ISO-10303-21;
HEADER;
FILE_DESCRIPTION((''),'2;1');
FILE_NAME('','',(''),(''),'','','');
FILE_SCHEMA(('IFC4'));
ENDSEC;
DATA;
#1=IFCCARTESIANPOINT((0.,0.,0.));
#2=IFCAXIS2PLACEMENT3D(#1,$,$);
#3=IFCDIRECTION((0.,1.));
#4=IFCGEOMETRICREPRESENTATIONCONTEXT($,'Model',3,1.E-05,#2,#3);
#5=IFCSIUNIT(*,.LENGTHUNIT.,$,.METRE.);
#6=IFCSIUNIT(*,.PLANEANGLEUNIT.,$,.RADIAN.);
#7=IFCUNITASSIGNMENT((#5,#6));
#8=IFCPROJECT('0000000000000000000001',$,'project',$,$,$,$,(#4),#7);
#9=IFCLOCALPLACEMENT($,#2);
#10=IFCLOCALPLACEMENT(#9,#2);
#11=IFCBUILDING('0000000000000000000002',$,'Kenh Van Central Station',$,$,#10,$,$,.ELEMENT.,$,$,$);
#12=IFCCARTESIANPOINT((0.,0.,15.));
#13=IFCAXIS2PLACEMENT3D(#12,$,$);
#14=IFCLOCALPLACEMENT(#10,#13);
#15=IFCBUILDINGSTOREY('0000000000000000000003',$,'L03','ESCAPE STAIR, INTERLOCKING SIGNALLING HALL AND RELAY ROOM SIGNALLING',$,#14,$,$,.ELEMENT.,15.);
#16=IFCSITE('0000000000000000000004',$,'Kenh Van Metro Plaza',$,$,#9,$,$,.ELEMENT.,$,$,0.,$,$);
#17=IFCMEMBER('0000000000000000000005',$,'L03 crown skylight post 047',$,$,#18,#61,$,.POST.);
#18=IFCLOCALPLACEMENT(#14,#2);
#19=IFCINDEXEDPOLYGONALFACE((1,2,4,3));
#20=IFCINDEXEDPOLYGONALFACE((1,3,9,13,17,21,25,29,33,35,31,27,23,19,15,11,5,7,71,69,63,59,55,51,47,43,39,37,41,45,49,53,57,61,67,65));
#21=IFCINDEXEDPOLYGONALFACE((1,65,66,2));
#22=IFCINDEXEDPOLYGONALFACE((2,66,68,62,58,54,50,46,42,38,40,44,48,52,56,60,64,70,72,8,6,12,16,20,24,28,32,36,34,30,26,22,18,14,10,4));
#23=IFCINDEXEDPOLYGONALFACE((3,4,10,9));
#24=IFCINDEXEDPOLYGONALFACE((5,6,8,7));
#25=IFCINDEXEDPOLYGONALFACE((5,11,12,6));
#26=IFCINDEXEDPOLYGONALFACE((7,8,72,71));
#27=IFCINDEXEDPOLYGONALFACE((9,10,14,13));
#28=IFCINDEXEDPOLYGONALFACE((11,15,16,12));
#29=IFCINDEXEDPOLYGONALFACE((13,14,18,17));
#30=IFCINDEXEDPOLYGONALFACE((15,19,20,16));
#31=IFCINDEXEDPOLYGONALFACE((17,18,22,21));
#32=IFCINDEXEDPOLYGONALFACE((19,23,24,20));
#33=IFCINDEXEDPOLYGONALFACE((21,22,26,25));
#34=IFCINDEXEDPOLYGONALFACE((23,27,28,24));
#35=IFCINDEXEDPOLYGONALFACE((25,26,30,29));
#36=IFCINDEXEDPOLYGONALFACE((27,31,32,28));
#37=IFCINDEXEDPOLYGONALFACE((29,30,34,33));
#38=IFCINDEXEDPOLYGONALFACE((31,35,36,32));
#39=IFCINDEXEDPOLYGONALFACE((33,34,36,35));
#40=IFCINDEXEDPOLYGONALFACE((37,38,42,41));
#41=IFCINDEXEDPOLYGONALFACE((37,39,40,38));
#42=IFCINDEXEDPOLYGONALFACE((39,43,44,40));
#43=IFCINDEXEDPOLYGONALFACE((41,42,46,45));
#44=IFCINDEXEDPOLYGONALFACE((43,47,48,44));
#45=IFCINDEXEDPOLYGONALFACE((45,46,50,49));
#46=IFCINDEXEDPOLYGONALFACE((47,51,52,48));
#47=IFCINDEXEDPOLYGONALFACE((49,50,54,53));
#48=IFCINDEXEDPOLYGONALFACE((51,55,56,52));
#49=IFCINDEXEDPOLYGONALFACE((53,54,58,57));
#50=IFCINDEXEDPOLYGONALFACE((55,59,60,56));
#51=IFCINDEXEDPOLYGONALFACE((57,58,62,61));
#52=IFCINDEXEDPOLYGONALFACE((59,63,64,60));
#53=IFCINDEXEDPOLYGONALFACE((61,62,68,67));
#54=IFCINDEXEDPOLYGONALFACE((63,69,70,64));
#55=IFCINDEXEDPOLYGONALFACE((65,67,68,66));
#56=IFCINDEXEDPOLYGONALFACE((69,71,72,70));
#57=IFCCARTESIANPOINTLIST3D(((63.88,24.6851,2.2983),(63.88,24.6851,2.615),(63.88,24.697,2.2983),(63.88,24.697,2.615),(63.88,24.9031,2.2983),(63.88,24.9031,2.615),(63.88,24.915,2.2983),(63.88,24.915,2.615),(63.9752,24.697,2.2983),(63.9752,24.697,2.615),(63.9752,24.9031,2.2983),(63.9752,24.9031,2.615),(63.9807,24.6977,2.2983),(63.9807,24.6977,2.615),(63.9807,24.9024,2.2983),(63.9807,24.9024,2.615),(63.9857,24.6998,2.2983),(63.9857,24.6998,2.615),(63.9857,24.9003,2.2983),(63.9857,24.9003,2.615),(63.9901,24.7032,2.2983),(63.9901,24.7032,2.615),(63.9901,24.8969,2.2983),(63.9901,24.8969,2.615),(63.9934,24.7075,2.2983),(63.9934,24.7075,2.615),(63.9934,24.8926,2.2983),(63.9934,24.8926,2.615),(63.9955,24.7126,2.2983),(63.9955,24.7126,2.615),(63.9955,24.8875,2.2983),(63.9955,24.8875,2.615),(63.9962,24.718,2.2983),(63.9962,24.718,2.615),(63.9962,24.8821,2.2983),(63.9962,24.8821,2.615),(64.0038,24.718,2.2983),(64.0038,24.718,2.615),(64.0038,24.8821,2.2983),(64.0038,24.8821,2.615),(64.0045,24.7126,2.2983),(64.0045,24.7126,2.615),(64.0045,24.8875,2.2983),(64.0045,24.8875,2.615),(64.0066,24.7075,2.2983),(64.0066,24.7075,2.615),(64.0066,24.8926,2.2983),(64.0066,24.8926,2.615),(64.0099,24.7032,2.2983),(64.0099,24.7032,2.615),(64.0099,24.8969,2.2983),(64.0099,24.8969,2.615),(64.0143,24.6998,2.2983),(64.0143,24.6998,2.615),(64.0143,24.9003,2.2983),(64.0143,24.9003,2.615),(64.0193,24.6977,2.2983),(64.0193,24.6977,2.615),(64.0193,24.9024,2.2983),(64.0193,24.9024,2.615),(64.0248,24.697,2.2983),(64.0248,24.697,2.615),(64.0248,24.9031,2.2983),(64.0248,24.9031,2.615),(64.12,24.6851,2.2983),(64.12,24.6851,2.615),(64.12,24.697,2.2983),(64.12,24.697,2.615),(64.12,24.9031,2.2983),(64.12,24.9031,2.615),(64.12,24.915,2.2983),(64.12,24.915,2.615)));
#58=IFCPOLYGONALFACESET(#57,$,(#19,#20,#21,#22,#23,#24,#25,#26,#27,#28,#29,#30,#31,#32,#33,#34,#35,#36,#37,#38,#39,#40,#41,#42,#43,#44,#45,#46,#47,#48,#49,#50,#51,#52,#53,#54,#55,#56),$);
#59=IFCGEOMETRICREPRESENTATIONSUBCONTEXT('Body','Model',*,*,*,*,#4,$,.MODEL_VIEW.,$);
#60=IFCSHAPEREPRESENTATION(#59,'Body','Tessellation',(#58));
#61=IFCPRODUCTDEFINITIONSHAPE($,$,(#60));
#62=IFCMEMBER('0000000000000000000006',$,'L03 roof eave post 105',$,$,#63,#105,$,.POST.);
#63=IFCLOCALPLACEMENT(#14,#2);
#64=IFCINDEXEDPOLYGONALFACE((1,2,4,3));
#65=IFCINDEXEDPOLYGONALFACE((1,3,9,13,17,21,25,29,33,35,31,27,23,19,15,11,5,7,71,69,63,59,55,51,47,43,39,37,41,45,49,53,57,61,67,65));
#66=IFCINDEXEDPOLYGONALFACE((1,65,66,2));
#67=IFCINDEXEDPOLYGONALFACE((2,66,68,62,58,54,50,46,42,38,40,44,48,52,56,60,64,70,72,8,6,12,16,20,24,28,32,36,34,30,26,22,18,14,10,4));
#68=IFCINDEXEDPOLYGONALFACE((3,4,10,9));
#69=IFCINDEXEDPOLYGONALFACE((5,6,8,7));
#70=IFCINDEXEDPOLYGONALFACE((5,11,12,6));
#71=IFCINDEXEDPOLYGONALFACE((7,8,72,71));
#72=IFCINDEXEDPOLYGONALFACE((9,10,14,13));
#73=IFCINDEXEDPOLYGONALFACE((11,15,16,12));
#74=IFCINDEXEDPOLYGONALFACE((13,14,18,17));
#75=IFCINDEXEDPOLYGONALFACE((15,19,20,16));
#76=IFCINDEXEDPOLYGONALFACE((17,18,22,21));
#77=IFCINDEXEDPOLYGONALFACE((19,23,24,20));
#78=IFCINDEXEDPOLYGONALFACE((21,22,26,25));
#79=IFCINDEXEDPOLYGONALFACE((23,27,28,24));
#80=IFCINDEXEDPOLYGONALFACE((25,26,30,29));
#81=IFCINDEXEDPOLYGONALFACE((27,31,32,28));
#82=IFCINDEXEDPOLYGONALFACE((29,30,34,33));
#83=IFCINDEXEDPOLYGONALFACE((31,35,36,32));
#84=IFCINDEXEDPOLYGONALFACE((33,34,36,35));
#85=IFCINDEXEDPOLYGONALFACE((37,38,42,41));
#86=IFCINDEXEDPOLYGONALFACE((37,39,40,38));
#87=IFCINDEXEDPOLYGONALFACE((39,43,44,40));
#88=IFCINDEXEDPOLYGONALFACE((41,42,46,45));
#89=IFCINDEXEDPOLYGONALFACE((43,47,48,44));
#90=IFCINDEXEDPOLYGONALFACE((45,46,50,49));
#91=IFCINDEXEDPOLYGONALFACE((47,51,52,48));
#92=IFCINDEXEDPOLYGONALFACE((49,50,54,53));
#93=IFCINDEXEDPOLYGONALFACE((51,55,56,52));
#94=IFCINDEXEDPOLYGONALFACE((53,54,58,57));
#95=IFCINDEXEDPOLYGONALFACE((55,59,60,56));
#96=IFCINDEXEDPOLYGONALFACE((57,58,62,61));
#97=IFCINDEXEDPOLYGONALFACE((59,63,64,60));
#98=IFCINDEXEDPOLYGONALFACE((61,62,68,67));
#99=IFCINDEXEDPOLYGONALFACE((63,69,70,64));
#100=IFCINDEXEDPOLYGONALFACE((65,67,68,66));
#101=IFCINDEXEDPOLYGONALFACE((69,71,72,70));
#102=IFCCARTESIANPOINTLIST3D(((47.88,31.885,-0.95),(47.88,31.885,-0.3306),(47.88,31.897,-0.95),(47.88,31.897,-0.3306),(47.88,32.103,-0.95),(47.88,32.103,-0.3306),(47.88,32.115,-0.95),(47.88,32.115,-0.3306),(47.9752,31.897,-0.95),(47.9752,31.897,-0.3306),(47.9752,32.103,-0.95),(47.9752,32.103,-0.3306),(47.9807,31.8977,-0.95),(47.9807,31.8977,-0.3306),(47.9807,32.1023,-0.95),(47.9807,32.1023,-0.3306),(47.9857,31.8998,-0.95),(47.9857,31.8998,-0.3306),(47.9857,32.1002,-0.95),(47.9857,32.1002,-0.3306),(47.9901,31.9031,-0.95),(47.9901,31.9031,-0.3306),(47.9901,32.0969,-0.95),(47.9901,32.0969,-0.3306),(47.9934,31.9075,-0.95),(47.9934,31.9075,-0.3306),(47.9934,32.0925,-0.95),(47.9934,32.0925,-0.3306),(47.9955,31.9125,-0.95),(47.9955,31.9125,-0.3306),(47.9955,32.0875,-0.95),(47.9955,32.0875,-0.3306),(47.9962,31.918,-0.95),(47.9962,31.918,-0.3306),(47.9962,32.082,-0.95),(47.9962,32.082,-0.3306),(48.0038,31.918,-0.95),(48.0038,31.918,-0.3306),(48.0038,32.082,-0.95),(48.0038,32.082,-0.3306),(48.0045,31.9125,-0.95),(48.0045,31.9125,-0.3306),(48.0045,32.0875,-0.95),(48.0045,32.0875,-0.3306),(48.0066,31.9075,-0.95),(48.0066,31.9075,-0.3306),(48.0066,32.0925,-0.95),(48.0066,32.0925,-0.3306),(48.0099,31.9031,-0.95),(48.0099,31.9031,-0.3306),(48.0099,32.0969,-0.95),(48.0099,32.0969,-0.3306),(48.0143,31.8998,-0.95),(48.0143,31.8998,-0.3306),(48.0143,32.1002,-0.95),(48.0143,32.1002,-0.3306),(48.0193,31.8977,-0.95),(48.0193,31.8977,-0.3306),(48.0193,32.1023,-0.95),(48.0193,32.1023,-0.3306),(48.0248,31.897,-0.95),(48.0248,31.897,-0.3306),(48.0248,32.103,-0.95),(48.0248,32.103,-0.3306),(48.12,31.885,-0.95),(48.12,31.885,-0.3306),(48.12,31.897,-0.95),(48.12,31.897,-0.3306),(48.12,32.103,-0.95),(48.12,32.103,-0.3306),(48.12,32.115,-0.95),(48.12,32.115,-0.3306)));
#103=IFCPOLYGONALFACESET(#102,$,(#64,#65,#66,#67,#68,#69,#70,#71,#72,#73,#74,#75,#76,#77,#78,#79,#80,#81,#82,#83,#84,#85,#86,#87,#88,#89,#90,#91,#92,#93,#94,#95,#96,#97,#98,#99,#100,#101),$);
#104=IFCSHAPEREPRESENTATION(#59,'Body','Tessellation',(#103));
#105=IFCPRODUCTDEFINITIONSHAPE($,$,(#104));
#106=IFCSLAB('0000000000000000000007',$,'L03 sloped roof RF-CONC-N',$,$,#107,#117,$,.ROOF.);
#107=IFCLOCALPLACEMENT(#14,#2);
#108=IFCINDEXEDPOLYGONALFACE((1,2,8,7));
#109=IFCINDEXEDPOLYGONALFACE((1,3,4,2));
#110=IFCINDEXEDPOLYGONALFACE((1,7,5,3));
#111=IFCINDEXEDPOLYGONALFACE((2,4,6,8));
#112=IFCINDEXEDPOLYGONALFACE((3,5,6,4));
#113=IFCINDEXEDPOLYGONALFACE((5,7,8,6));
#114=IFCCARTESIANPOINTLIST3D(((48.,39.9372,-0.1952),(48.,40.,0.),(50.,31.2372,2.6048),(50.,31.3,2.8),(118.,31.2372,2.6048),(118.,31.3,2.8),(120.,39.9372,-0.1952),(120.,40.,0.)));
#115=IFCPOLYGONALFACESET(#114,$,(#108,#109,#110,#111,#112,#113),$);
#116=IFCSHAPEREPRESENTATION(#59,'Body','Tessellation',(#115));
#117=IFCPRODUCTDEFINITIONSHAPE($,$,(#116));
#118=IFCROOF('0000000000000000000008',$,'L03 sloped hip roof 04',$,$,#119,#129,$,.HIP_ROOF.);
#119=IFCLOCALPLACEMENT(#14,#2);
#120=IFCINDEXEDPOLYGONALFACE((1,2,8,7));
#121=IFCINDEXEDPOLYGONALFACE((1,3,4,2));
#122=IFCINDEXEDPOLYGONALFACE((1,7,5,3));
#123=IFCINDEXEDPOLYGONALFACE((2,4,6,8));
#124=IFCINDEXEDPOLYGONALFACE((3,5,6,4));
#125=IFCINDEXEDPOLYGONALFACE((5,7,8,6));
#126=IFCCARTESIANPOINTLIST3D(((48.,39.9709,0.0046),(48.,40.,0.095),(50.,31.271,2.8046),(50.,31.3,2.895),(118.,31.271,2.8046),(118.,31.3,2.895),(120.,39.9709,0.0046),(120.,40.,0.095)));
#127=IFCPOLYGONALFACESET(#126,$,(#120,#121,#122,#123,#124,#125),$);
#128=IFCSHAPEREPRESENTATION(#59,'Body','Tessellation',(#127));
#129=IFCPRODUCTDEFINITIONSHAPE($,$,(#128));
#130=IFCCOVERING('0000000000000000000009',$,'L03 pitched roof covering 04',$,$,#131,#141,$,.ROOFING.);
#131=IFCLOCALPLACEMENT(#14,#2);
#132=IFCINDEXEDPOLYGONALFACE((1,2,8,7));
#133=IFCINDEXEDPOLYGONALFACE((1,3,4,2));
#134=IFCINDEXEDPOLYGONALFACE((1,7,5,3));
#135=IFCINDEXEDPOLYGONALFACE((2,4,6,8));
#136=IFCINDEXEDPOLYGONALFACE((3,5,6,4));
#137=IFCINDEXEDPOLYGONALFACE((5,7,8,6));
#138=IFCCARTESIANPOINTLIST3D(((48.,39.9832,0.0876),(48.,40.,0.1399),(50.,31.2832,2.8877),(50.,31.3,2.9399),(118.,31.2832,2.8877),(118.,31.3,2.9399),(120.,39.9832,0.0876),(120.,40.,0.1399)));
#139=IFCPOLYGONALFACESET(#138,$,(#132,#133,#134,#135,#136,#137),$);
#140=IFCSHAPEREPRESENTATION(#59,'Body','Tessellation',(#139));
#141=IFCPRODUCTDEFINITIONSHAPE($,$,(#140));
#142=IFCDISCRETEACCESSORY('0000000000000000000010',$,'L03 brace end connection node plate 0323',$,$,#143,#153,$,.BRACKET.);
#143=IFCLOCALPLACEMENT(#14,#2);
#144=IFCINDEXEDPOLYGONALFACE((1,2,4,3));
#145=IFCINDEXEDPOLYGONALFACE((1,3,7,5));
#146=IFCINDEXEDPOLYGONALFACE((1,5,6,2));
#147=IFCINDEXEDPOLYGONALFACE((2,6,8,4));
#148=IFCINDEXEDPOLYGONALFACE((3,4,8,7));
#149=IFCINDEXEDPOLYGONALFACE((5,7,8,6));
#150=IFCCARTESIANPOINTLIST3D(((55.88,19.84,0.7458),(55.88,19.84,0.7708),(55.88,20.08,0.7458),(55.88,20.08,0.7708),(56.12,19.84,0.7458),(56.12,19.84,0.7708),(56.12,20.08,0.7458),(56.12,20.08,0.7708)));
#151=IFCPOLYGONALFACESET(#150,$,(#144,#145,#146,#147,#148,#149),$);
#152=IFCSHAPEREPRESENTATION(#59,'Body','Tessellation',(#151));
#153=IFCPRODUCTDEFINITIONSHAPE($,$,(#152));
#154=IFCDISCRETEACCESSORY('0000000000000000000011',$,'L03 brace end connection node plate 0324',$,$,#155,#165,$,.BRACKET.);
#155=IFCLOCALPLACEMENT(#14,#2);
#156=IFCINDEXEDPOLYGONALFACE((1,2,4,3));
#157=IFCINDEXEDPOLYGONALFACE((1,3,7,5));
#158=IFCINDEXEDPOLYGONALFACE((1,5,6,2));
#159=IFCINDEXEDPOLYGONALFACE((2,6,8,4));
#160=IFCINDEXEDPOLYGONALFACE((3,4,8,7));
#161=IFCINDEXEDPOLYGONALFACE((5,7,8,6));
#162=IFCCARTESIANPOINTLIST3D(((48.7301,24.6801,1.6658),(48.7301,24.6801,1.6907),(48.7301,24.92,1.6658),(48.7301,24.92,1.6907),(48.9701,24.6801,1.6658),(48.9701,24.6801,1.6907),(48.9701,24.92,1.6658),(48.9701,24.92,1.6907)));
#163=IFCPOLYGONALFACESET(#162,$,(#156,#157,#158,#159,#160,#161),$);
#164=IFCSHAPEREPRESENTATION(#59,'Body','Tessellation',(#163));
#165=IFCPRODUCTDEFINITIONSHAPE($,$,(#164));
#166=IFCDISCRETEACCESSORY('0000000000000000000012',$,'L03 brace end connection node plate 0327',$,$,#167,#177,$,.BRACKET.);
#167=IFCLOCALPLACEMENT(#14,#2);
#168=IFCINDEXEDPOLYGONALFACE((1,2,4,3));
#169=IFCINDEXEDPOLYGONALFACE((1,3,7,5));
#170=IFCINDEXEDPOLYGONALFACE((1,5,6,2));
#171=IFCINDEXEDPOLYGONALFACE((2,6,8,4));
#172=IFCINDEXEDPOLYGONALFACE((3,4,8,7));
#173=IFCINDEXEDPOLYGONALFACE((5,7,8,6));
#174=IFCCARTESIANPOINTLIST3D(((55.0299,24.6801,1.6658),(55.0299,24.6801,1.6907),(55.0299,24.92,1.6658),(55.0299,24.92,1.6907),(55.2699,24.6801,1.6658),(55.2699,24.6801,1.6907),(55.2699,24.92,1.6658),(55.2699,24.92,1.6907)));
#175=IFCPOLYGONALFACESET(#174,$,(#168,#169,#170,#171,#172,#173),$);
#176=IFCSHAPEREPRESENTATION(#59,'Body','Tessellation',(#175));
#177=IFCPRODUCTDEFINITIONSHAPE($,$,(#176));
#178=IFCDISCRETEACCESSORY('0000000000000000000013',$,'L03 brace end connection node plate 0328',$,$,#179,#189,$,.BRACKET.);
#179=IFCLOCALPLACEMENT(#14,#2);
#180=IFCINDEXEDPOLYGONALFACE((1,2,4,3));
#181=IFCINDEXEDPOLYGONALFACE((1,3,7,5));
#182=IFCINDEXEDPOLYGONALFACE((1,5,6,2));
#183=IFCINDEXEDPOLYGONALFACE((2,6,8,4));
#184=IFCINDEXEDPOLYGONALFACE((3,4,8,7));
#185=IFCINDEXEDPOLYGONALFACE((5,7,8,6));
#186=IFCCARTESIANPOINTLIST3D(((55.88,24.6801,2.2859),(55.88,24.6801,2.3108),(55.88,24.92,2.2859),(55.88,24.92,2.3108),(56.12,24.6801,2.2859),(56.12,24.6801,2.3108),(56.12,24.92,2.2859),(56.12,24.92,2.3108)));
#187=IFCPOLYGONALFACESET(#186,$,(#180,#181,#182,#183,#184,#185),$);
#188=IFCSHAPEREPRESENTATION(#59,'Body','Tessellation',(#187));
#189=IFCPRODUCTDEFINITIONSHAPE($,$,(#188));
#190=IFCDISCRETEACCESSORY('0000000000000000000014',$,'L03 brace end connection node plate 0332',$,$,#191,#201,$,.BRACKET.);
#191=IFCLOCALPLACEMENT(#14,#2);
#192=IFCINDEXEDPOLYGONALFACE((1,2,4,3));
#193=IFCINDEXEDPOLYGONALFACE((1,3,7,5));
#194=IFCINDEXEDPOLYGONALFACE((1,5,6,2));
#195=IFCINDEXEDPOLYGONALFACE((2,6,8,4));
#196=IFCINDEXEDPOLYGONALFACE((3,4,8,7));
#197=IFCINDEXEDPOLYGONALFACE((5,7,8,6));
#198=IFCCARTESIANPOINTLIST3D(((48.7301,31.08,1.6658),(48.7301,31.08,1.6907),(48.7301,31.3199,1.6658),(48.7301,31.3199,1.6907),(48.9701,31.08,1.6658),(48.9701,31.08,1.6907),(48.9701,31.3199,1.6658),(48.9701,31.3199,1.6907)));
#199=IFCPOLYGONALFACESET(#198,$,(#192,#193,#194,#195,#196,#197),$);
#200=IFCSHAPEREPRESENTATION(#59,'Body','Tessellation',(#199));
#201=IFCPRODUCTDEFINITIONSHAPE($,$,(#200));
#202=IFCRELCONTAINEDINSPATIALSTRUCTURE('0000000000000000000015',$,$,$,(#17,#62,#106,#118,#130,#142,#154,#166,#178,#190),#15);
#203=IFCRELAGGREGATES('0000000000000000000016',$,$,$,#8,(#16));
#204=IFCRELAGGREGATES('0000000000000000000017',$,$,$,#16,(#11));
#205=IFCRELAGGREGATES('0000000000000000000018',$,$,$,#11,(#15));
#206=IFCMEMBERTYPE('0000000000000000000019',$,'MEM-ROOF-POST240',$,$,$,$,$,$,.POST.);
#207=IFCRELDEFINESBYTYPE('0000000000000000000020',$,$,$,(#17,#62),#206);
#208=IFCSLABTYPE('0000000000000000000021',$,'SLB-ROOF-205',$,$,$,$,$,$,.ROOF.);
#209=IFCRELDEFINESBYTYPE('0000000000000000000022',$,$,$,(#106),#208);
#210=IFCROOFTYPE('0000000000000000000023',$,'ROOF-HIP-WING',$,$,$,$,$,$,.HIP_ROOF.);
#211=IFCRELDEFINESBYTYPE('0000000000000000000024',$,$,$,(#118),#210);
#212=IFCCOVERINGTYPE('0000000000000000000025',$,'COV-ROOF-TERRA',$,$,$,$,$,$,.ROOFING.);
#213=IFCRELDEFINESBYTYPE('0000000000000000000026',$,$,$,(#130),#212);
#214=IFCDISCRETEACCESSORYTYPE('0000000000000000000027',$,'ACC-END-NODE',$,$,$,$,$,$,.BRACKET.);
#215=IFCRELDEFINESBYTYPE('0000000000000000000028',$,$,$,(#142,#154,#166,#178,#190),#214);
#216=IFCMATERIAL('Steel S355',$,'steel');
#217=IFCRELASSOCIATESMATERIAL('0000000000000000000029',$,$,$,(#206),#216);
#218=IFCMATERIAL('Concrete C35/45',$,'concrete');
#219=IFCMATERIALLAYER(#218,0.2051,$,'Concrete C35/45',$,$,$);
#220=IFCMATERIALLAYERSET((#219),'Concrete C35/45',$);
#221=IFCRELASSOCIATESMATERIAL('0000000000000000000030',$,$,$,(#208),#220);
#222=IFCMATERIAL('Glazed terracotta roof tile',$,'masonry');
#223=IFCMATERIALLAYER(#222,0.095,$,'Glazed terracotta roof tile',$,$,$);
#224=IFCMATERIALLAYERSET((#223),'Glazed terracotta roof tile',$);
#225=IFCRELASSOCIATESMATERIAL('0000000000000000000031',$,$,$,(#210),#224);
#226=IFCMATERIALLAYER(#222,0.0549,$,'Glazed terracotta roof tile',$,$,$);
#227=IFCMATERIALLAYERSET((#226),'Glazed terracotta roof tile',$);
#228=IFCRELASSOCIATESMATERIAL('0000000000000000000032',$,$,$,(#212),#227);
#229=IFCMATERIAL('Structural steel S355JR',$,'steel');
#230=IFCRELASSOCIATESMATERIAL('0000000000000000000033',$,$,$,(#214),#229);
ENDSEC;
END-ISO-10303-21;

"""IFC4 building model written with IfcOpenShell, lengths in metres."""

from ifc_helpers import new_model, si_unit, direction, frame, origin, origin_2d, place, context, subcontext, project, spatial, polyline, rectangle, i_section, outline, extrude, material, layer, layer_set, material_profile, profile_set, type_object, element, save


model = new_model("IFC4")

# Units and contexts
model_context = context("Model", 3, precision=1e-05, world=origin(), true_north=direction((0.0, 1.0)))
body_context = subcontext(model_context, "Body", "Model", "MODEL_VIEW")
ifc_project = project(units=[si_unit("LENGTHUNIT", "METRE"), si_unit("PLANEANGLEUNIT", "RADIAN")], contexts=[model_context])

# Site, building, storey
site_placement = place(None, origin())
site = spatial("IfcSite", under=ifc_project, at=site_placement, Name="Kenh Van Metro Plaza", CompositionType="ELEMENT", RefElevation=0.0)
building_placement = place(site_placement, origin())
building = spatial("IfcBuilding", under=site, at=building_placement, Name="Kenh Van Central Station", CompositionType="ELEMENT")
storey_placement = place(building_placement, frame((0.0, 0.0, 15.0)))
storey = spatial("IfcBuildingStorey", under=building, at=storey_placement, Name="L03", Description="ESCAPE STAIR, INTERLOCKING SIGNALLING HALL AND RELAY ROOM SIGNALLING", CompositionType="ELEMENT", Elevation=15.0)

# Shared definitions
ifc_material_1 = material(Name="Steel S355", Category="steel")

# Members
ifc_material_profile_1 = material_profile(ifc_material_1, i_section(OverallWidth=0.24, OverallDepth=0.23, WebThickness=0.0076, FlangeThickness=0.012, FilletRadius=0.021, at=origin_2d()), Name="HEA 240")
ifc_profile_set_1 = profile_set([ifc_material_profile_1], Name="Steel S355")
member_type_1 = type_object("IfcMemberType", Name="MEM-ROOF-POST240", PredefinedType="POST", material=ifc_profile_set_1)
member_1_placement = place(storey_placement, frame((64.0, 24.8, 2.2983), z_axis=(0.0, 0.0, 1.0), x_axis=(1.0, 0.0, 0.0)))
element("IfcMember", 1, at=member_1_placement, inside=storey, type_object=member_type_1, Name="L03 crown skylight post 047", PredefinedType="POST", context=body_context, shape_type="SweptSolid", body=[
    extrude(i_section(OverallWidth=0.24, OverallDepth=0.23, WebThickness=0.0076, FlangeThickness=0.012, FilletRadius=0.021, at=origin_2d()), origin(), (0.0, 0.0, 1.0), 0.3167),
])
member_2_placement = place(storey_placement, frame((48.0, 32.0, -0.95), z_axis=(0.0, 0.0, 1.0), x_axis=(1.0, 0.0, 0.0)))
element("IfcMember", 2, at=member_2_placement, inside=storey, type_object=member_type_1, Name="L03 roof eave post 105", PredefinedType="POST", context=body_context, shape_type="SweptSolid", body=[
    extrude(i_section(OverallWidth=0.24, OverallDepth=0.23, WebThickness=0.0076, FlangeThickness=0.012, FilletRadius=0.021, at=origin_2d()), origin(), (0.0, 0.0, 1.0), 0.6194),
])

# Slab
ifc_material_2 = material(Name="Concrete C35/45", Category="concrete")
ifc_layer_1 = layer(ifc_material_2, 0.2051, Name="Concrete C35/45")
ifc_layer_set_1 = layer_set([ifc_layer_1], Name="Concrete C35/45")
slab_type = type_object("IfcSlabType", Name="SLB-ROOF-205", PredefinedType="ROOF", material=ifc_layer_set_1)
slab_placement = place(storey_placement, frame((50.0, 31.3, 2.8), z_axis=(0.0, 0.30637, 0.951913), x_axis=(1.0, 0.0, 0.0)))
element("IfcSlab", 3, at=slab_placement, inside=storey, type_object=slab_type, Name="L03 sloped roof RF-CONC-N", PredefinedType="ROOF", context=body_context, shape_type="SweptSolid", body=[
    extrude(outline(polyline([(0.0, 0.0), (68.0, 0.0), (70.0, 9.1394), (-2.0, 9.1394), (0.0, 0.0)])), origin(), (0.0, 0.0, -1.0), 0.2051),
])

# Roof
ifc_material_3 = material(Name="Glazed terracotta roof tile", Category="masonry")
ifc_layer_2 = layer(ifc_material_3, 0.095, Name="Glazed terracotta roof tile")
ifc_layer_set_2 = layer_set([ifc_layer_2], Name="Glazed terracotta roof tile")
roof_type = type_object("IfcRoofType", Name="ROOF-HIP-WING", PredefinedType="HIP_ROOF", material=ifc_layer_set_2)
roof_placement = place(storey_placement, frame((50.0, 31.3, 2.895), z_axis=(0.0, 0.30637, 0.951913), x_axis=(1.0, 0.0, 0.0)))
element("IfcRoof", 4, at=roof_placement, inside=storey, type_object=roof_type, Name="L03 sloped hip roof 04", PredefinedType="HIP_ROOF", context=body_context, shape_type="SweptSolid", body=[
    extrude(outline(polyline([(0.0, 0.0), (68.0, 0.0), (70.0, 9.1394), (-2.0, 9.1394), (0.0, 0.0)])), origin(), (0.0, 0.0, -1.0), 0.095),
])

# Covering
ifc_layer_3 = layer(ifc_material_3, 0.0549, Name="Glazed terracotta roof tile")
ifc_layer_set_3 = layer_set([ifc_layer_3], Name="Glazed terracotta roof tile")
covering_type = type_object("IfcCoveringType", Name="COV-ROOF-TERRA", PredefinedType="ROOFING", material=ifc_layer_set_3)
covering_placement = place(storey_placement, frame((50.0, 31.3, 2.9399), z_axis=(0.0, 0.30637, 0.951913), x_axis=(1.0, 0.0, 0.0)))
element("IfcCovering", 5, at=covering_placement, inside=storey, type_object=covering_type, Name="L03 pitched roof covering 04", PredefinedType="ROOFING", context=body_context, shape_type="SweptSolid", body=[
    extrude(outline(polyline([(0.0, 0.0), (68.0, 0.0), (70.0, 9.1394), (-2.0, 9.1394), (0.0, 0.0)])), origin(), (0.0, 0.0, -1.0), 0.0549),
])

# Discrete accessories
ifc_material_4 = material(Name="Structural steel S355JR", Category="steel")
discrete_accessory_type = type_object("IfcDiscreteAccessoryType", Name="ACC-END-NODE", PredefinedType="BRACKET", material=ifc_material_4)
for number, where, z_axis, x_axis, name in (
    (6, (56.0, 19.96, 0.7458), (0.0, 0.0, 1.0), (1.0, 0.0, 0.0), "L03 brace end connection node plate 0323"),
    (7, (48.8501, 24.8, 1.6658), (0.0, 0.0, 1.0), (1.0, 0.0, 0.0), "L03 brace end connection node plate 0324"),
    (8, (55.1499, 24.8, 1.6658), (0.0, 0.0, 1.0), (1.0, 0.0, 0.0), "L03 brace end connection node plate 0327"),
    (9, (56.0, 24.8, 2.2859), (0.0, 0.0, 1.0), (1.0, 0.0, 0.0), "L03 brace end connection node plate 0328"),
    (10, (48.8501, 31.2, 1.6658), (0.0, 0.0, 1.0), (1.0, 0.0, 0.0), "L03 brace end connection node plate 0332"),
):
    element("IfcDiscreteAccessory", number, at=place(storey_placement, frame(where, z_axis=z_axis, x_axis=x_axis)), inside=storey, type_object=discrete_accessory_type, Name=name, PredefinedType="BRACKET", context=body_context, shape_type="SweptSolid", body=[
        extrude(rectangle(XDim=0.24, YDim=0.24, at=origin_2d()), origin(), (0.0, 0.0, 1.0), 0.0249),
    ])

save(model, "model.ifc")
